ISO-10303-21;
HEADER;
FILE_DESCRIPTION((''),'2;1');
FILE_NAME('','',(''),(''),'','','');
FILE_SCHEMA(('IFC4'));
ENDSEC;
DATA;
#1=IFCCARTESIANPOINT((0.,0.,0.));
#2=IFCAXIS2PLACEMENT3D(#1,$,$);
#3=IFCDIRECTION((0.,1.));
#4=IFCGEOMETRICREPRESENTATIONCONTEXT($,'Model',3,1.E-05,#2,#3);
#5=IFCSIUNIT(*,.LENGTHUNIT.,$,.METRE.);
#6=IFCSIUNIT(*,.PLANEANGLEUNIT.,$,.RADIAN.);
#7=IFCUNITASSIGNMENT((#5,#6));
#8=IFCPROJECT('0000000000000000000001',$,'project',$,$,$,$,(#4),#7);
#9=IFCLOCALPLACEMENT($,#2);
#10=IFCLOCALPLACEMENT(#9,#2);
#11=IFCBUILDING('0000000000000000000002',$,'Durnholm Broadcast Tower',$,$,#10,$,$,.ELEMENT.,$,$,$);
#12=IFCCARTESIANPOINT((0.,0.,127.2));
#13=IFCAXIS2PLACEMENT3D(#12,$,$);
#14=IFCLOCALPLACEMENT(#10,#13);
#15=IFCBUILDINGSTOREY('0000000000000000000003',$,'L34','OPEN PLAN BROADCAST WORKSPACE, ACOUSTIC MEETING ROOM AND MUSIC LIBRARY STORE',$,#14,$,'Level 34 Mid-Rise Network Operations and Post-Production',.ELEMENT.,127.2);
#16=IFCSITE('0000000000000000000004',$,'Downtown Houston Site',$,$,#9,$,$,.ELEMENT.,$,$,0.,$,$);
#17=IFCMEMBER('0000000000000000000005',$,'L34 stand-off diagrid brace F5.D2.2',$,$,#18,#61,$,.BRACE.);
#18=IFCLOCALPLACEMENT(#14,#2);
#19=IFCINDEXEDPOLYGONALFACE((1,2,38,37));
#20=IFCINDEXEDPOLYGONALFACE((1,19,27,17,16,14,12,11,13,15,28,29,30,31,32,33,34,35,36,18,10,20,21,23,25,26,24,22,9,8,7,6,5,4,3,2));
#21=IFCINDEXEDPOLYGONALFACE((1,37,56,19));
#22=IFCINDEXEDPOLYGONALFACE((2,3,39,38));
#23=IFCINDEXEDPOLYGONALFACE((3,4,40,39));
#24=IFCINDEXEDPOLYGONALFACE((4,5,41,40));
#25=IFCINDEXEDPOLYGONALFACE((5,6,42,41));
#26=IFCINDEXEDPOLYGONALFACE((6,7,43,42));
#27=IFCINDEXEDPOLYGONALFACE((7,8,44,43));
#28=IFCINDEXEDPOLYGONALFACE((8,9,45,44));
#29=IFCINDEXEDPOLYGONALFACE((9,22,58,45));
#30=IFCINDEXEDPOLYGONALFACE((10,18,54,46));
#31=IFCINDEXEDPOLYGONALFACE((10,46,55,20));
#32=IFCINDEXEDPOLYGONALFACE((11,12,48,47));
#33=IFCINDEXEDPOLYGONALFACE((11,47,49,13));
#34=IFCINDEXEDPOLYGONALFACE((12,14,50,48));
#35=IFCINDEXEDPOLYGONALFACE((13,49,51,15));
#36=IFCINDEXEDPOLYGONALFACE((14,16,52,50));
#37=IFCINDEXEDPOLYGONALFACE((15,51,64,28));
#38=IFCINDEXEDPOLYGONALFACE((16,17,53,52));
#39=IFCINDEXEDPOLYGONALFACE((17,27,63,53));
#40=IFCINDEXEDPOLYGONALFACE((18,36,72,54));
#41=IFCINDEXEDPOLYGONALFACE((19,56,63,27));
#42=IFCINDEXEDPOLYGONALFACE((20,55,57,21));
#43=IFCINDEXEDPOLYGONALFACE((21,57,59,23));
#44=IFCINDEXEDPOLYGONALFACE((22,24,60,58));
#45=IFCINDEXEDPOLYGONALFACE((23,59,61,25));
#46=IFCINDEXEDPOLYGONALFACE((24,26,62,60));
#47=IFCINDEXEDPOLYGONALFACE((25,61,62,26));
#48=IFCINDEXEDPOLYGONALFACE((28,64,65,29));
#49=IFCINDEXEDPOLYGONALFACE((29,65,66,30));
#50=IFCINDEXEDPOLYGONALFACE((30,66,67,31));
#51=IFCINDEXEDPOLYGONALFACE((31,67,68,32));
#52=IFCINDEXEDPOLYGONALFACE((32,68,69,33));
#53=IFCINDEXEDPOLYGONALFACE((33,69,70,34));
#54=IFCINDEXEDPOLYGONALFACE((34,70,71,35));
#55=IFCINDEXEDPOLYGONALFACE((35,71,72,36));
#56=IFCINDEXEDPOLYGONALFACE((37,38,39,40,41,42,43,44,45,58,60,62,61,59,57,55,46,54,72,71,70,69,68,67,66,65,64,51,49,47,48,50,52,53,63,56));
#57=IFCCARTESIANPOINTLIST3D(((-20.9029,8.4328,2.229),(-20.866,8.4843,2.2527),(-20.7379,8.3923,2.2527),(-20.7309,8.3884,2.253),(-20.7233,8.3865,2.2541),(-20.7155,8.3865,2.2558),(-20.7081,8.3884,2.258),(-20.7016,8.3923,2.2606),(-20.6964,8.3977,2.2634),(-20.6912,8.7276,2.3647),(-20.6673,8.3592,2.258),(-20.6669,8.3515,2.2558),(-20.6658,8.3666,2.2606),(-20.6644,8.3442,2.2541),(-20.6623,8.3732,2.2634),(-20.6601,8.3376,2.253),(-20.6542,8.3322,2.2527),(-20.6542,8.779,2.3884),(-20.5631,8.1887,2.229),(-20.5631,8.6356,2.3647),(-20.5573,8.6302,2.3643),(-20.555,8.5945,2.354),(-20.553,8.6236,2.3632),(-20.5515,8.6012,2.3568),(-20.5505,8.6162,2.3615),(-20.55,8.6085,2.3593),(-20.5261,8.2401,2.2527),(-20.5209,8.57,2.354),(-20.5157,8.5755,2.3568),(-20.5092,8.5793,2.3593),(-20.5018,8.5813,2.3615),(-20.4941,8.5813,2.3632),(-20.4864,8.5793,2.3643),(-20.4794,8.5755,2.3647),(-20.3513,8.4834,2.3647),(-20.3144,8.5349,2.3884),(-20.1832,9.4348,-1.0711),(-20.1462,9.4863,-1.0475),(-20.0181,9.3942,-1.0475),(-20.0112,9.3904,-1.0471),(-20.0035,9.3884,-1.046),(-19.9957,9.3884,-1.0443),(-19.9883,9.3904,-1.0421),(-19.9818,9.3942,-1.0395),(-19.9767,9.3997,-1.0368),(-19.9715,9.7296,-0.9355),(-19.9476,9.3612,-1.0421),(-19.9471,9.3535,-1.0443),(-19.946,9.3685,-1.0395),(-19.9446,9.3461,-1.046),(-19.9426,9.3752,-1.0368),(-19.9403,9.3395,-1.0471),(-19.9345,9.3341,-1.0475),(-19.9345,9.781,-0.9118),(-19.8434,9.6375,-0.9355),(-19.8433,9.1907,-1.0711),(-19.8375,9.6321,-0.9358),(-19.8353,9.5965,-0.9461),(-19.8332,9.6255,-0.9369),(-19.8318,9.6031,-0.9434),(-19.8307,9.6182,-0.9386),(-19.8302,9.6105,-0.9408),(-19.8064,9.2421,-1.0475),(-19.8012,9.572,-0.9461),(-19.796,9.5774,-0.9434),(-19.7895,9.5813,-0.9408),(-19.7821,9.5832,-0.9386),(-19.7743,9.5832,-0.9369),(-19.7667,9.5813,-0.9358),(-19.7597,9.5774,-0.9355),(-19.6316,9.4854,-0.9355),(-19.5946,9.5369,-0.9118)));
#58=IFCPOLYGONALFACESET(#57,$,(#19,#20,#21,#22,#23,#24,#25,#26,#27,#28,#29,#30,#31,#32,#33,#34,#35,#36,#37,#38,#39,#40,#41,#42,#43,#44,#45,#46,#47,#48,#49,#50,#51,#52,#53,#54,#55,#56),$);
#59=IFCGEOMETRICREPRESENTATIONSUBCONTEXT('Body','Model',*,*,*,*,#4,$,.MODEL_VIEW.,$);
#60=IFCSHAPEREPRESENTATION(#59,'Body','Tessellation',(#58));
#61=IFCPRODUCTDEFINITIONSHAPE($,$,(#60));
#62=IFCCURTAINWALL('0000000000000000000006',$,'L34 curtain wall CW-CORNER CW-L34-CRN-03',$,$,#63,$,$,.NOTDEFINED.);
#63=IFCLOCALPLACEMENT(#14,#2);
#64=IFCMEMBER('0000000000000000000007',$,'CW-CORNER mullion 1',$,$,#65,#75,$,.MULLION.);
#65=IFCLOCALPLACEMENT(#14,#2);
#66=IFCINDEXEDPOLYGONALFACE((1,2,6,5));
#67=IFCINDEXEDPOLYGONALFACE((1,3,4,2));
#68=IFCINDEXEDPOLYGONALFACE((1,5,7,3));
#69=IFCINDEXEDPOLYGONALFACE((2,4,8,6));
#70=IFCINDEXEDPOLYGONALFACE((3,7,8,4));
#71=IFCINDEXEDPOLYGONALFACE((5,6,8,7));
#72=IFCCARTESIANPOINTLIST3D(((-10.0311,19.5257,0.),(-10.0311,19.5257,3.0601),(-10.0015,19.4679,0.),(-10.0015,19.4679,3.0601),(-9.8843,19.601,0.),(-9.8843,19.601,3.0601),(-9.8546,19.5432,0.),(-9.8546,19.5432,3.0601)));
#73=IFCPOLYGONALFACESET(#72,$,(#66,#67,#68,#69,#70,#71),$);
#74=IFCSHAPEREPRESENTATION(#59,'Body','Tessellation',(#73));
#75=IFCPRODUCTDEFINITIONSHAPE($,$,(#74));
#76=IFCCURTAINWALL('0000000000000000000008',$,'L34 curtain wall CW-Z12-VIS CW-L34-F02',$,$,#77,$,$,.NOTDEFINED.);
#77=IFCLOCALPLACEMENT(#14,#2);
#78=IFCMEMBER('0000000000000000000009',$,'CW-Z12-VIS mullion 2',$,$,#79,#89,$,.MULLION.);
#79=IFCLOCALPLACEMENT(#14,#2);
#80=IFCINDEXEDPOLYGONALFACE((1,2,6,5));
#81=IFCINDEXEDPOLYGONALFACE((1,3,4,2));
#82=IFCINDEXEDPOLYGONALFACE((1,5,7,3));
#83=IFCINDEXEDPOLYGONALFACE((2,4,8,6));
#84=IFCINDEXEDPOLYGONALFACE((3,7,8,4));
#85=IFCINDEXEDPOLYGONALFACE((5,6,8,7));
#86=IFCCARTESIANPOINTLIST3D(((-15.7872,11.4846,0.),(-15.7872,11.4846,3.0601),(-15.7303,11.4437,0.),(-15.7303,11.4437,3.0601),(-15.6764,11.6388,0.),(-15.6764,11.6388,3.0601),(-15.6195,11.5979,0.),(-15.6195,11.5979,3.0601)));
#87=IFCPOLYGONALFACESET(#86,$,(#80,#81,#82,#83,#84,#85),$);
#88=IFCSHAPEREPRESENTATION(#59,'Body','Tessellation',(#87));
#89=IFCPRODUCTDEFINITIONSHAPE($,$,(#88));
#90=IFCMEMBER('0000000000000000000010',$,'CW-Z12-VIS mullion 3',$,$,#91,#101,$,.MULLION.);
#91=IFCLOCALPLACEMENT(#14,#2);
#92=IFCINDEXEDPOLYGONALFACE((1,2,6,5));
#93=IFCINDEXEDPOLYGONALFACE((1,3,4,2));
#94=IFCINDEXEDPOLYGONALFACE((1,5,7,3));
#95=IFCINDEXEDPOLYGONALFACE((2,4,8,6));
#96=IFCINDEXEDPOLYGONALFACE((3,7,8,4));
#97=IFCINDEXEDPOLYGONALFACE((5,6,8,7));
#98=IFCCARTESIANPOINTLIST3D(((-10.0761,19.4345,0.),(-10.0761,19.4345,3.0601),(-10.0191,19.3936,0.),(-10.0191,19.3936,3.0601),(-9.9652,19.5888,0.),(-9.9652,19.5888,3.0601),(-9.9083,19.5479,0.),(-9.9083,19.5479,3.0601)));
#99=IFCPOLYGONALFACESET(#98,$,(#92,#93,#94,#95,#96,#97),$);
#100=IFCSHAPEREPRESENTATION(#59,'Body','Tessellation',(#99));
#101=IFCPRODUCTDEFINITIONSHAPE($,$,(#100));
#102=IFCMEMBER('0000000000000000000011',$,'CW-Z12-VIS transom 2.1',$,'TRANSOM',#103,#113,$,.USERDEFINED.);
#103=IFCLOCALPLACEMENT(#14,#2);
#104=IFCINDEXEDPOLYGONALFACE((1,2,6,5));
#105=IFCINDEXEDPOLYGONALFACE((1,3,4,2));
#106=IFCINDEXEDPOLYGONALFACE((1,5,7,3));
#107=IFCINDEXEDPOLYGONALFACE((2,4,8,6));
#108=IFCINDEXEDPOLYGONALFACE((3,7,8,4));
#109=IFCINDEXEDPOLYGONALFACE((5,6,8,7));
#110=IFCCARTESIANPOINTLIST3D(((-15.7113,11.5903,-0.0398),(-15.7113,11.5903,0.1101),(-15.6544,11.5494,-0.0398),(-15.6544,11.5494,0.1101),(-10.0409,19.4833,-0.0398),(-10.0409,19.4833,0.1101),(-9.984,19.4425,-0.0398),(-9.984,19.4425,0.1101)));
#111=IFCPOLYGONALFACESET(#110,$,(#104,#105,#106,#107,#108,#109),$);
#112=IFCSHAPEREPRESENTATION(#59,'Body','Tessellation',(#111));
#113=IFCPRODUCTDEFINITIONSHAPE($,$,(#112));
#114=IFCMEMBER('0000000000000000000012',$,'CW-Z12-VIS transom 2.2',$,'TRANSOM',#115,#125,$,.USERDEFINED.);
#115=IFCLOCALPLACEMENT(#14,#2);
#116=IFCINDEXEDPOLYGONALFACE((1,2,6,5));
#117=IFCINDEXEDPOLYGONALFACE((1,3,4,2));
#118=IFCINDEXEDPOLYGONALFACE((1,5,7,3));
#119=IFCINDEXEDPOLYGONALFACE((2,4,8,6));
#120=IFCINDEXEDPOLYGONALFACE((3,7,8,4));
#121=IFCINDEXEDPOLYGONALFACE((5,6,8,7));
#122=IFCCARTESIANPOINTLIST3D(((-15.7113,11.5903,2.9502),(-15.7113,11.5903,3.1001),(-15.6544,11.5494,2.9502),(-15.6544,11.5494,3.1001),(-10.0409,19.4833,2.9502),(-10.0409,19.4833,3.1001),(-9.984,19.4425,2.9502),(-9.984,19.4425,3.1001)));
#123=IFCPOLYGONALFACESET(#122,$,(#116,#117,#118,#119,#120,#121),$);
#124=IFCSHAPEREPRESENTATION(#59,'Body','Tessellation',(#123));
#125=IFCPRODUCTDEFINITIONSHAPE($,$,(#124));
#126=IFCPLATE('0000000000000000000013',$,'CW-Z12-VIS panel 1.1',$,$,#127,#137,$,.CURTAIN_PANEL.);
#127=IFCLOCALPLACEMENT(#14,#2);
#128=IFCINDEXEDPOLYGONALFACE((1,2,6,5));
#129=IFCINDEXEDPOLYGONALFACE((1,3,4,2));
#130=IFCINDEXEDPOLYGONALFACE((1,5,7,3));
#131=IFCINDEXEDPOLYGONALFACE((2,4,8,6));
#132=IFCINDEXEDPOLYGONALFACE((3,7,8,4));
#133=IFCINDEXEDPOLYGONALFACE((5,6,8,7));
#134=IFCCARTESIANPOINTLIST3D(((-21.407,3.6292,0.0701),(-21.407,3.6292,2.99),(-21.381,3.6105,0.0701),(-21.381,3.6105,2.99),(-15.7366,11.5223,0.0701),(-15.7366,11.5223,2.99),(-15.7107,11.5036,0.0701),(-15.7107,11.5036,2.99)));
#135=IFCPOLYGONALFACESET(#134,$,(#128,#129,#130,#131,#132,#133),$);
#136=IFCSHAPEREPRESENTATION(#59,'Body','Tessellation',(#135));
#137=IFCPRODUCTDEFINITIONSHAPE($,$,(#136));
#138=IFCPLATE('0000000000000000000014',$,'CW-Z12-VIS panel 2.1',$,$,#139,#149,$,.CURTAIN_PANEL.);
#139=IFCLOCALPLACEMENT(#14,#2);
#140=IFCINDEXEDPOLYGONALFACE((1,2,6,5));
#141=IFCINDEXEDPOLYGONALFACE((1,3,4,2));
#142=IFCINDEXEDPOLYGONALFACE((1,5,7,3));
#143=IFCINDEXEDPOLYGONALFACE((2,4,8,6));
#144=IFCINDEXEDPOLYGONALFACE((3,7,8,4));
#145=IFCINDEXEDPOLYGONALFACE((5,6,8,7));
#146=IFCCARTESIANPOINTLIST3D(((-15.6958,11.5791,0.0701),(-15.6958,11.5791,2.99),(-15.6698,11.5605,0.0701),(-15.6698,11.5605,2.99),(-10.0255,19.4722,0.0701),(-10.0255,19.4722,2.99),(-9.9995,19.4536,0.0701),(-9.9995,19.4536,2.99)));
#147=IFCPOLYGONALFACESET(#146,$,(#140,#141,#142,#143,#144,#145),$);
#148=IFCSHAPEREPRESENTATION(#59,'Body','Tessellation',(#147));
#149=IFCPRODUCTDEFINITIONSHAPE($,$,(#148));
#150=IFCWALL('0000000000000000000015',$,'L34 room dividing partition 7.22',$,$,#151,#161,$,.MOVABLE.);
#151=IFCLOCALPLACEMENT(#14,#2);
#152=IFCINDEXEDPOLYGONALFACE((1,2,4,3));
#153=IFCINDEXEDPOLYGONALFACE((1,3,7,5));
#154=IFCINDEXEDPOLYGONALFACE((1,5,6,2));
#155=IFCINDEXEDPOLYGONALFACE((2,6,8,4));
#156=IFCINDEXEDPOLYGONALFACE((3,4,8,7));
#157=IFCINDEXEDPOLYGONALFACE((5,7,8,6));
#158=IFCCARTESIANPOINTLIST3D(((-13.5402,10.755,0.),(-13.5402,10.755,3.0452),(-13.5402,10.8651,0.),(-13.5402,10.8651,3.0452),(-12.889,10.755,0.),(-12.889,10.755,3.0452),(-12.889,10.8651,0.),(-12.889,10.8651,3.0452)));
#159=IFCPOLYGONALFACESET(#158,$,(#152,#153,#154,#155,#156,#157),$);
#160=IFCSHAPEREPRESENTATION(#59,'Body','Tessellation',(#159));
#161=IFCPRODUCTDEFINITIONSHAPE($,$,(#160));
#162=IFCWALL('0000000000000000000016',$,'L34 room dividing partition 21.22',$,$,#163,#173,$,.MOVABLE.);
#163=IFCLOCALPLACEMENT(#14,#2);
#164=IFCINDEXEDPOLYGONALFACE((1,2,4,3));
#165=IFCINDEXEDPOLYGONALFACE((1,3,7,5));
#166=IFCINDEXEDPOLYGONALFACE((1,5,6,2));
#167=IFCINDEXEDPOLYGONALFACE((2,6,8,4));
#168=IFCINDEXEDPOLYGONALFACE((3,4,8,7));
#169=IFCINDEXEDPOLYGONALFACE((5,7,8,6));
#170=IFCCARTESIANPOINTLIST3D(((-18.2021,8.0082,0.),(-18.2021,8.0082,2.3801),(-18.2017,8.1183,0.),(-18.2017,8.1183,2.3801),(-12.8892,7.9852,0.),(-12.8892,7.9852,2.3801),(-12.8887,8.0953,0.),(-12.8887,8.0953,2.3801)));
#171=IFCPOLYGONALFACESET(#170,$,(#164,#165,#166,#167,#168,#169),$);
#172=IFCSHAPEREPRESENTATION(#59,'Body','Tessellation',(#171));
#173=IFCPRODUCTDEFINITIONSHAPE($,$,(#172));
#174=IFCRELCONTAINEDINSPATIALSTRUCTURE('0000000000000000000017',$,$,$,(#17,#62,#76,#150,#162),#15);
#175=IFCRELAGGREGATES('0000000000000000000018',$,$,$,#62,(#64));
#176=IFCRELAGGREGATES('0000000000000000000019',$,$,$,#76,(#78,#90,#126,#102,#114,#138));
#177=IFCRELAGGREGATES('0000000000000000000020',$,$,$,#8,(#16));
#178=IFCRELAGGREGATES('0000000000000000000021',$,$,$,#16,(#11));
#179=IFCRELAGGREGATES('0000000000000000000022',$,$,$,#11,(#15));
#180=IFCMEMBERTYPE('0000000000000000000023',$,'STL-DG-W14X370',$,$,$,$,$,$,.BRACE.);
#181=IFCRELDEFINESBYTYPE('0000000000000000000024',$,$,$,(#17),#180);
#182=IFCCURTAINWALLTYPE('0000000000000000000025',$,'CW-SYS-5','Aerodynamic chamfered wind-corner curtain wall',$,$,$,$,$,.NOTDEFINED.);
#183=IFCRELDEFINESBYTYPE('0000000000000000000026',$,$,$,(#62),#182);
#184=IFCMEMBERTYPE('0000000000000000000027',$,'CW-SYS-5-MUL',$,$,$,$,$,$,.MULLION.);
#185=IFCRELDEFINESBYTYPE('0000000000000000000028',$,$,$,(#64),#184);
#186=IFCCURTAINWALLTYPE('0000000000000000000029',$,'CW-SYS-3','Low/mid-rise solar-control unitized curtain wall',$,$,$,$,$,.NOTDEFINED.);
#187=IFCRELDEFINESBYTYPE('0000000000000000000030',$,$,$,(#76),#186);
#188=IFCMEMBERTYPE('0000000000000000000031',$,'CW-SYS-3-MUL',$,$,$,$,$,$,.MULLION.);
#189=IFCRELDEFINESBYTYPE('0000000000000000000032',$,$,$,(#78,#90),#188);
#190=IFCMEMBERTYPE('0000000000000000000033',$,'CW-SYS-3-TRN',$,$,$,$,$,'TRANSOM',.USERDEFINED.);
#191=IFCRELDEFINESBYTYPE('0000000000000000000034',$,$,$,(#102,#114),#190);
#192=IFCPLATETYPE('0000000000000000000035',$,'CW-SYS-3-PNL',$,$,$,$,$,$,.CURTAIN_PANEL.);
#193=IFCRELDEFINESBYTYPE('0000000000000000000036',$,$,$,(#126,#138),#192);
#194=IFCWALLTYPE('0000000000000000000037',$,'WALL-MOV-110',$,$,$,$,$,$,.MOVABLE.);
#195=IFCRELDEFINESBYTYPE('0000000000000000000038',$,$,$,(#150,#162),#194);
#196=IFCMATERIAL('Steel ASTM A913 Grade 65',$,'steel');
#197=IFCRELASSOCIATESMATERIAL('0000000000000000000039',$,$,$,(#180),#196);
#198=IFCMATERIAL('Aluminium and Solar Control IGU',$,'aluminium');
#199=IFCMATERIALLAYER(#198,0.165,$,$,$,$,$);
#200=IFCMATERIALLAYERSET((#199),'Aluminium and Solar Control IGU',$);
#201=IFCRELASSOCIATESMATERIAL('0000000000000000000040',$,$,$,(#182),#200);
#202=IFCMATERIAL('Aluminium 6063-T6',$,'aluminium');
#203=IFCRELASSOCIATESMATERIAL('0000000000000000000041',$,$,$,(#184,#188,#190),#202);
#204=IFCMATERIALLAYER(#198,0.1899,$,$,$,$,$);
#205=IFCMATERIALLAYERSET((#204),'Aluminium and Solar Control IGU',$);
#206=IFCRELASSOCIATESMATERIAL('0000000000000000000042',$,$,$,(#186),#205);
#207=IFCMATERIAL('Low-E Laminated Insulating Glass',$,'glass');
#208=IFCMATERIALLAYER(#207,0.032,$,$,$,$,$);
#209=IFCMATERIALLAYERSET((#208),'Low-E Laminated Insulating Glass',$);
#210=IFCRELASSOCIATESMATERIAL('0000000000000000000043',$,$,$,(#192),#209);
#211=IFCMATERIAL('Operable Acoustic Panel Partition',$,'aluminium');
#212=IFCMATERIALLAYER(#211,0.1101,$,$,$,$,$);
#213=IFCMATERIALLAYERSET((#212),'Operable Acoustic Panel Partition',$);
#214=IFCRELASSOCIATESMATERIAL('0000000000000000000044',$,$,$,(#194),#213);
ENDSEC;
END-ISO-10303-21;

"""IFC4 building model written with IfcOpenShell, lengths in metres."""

from ifc_helpers import new_model, si_unit, direction, frame, frame_2d, origin, origin_2d, place, context, subcontext, project, spatial, rectangle, i_section, extrude, source, transform, mapped, material, layer, layer_set, material_profile, profile_set, type_object, type_shapes, element, aggregate, save


model = new_model("IFC4")

# Units and contexts
model_context = context("Model", 3, precision=1e-05, world=origin(), true_north=direction((0.0, 1.0)))
body_context = subcontext(model_context, "Body", "Model", "MODEL_VIEW")
ifc_project = project(units=[si_unit("LENGTHUNIT", "METRE"), si_unit("PLANEANGLEUNIT", "RADIAN")], contexts=[model_context])

# Site, building, storey
site_placement = place(None, origin())
site = spatial("IfcSite", under=ifc_project, at=site_placement, Name="Downtown Houston Site", CompositionType="ELEMENT", RefElevation=0.0)
building_placement = place(site_placement, origin())
building = spatial("IfcBuilding", under=site, at=building_placement, Name="Durnholm Broadcast Tower", CompositionType="ELEMENT")
storey_placement = place(building_placement, frame((0.0, 0.0, 127.2)))
storey = spatial("IfcBuildingStorey", under=building, at=storey_placement, Name="L34", Description="OPEN PLAN BROADCAST WORKSPACE, ACOUSTIC MEETING ROOM AND MUSIC LIBRARY STORE", LongName="Level 34 Mid-Rise Network Operations and Post-Production", CompositionType="ELEMENT", Elevation=127.2)

# Member
ifc_material_1 = material(Name="Steel ASTM A913 Grade 65", Category="steel")
ifc_material_profile_1 = material_profile(ifc_material_1, i_section(OverallWidth=0.4185, OverallDepth=0.4551, WebThickness=0.042, FlangeThickness=0.0676, FilletRadius=0.0305, at=origin_2d()), Name="W14X370")
ifc_profile_set_1 = profile_set([ifc_material_profile_1], Name="Steel ASTM A913 Grade 65")
member_type_1 = type_object("IfcMemberType", Name="STL-DG-W14X370", PredefinedType="BRACE", material=ifc_profile_set_1)
shared_shape_1 = source(origin(), body_context, "Body", "SweptSolid", [
    extrude(i_section(OverallWidth=0.4185, OverallDepth=0.4551, WebThickness=0.042, FlangeThickness=0.0676, FilletRadius=0.0305, at=origin_2d()), origin(), (0.0, 0.0, 1.0), 3.5232),
])
type_shapes(member_type_1, [shared_shape_1])
for number, where, z_axis, x_axis, name in (
    (1, (-19.8889, 9.4858, -0.9915), (-0.204288, -0.284395, 0.936689), (0.812179, -0.583408, 0.0), "L34 stand-off diagrid brace F5.D2.2"),
):
    element("IfcMember", number, at=place(storey_placement, frame(where, z_axis=z_axis, x_axis=x_axis)), inside=storey, type_object=member_type_1, Name=name, PredefinedType="BRACE", context=body_context, shape_type="MappedRepresentation", body=[
        mapped(shared_shape_1, transform((0.0, 0.0, 0.0), x_axis=(1.0, 0.0, 0.0), y_axis=(0.0, 1.0, 0.0), z_axis=(0.0, 0.0, 1.0), scale=1.0)),
    ])

# Curtain wall, member
ifc_material_2 = material(Name="Aluminium and Solar Control IGU", Category="aluminium")
ifc_layer_1 = layer(ifc_material_2, 0.165)
ifc_layer_set_1 = layer_set([ifc_layer_1], Name="Aluminium and Solar Control IGU")
curtain_wall_type_1 = type_object("IfcCurtainWallType", Name="CW-SYS-5", Description="Aerodynamic chamfered wind-corner curtain wall", PredefinedType="NOTDEFINED", material=ifc_layer_set_1)
curtain_wall_1_placement = place(storey_placement, origin())
curtain_wall_1 = element("IfcCurtainWall", 2, at=curtain_wall_1_placement, inside=storey, type_object=curtain_wall_type_1, Name="L34 curtain wall CW-CORNER CW-L34-CRN-03", PredefinedType="NOTDEFINED")
ifc_material_3 = material(Name="Aluminium 6063-T6", Category="aluminium")
ifc_material_profile_2 = material_profile(ifc_material_3, rectangle(XDim=0.0649, YDim=0.165, at=origin_2d()), Name="CWM65X165")
ifc_profile_set_2 = profile_set([ifc_material_profile_2], Name="Aluminium 6063-T6")
member_type_2 = type_object("IfcMemberType", Name="CW-SYS-5-MUL", PredefinedType="MULLION", material=ifc_profile_set_2)
shared_shape_2 = source(origin(), body_context, "Body", "SweptSolid", [
    extrude(rectangle(XDim=0.0649, YDim=0.165, at=origin_2d()), origin(), (0.0, 0.0, 1.0), 3.0601),
])
type_shapes(member_type_2, [shared_shape_2])
member_1_placement = place(storey_placement, frame((-9.9429, 19.5344, 0.0), z_axis=(0.0, 0.0, 1.0), x_axis=(-0.456373, 0.889788, 0.0)))
member_1 = element("IfcMember", 3, at=member_1_placement, type_object=member_type_2, Name="CW-CORNER mullion 1", PredefinedType="MULLION", context=body_context, shape_type="MappedRepresentation", body=[
    mapped(shared_shape_2, transform((0.0, 0.0, 0.0), x_axis=(1.0, 0.0, 0.0), y_axis=(0.0, 1.0, 0.0), z_axis=(0.0, 0.0, 1.0), scale=1.0)),
])
aggregate(curtain_wall_1, [member_1])

# Curtain wall, members, plates
ifc_layer_2 = layer(ifc_material_2, 0.1899)
ifc_layer_set_2 = layer_set([ifc_layer_2], Name="Aluminium and Solar Control IGU")
curtain_wall_type_2 = type_object("IfcCurtainWallType", Name="CW-SYS-3", Description="Low/mid-rise solar-control unitized curtain wall", PredefinedType="NOTDEFINED", material=ifc_layer_set_2)
curtain_wall_2_placement = place(storey_placement, origin())
curtain_wall_2 = element("IfcCurtainWall", 4, at=curtain_wall_2_placement, inside=storey, type_object=curtain_wall_type_2, Name="L34 curtain wall CW-Z12-VIS CW-L34-F02", PredefinedType="NOTDEFINED")
ifc_material_profile_3 = material_profile(ifc_material_3, rectangle(XDim=0.0701, YDim=0.1899, at=origin_2d()), Name="CWM70X190")
ifc_profile_set_3 = profile_set([ifc_material_profile_3], Name="Aluminium 6063-T6")
member_type_3 = type_object("IfcMemberType", Name="CW-SYS-3-MUL", PredefinedType="MULLION", material=ifc_profile_set_3)
shared_shape_3 = source(origin(), body_context, "Body", "SweptSolid", [
    extrude(rectangle(XDim=0.0701, YDim=0.1899, at=origin_2d()), origin(), (0.0, 0.0, 1.0), 3.0601),
])
type_shapes(member_type_3, [shared_shape_3])
member_2_placement = place(storey_placement, frame((-15.7034, 11.5413, 0.0), z_axis=(0.0, 0.0, 1.0), x_axis=(-0.812152, 0.583445, 0.0)))
member_2 = element("IfcMember", 5, at=member_2_placement, type_object=member_type_3, Name="CW-Z12-VIS mullion 2", PredefinedType="MULLION", context=body_context, shape_type="MappedRepresentation", body=[
    mapped(shared_shape_3, transform((0.0, 0.0, 0.0), x_axis=(1.0, 0.0, 0.0), y_axis=(0.0, 1.0, 0.0), z_axis=(0.0, 0.0, 1.0), scale=1.0)),
])
member_3_placement = place(storey_placement, frame((-9.9922, 19.4912, 0.0), z_axis=(0.0, 0.0, 1.0), x_axis=(-0.812152, 0.583445, 0.0)))
member_3 = element("IfcMember", 6, at=member_3_placement, type_object=member_type_3, Name="CW-Z12-VIS mullion 3", PredefinedType="MULLION", context=body_context, shape_type="MappedRepresentation", body=[
    mapped(shared_shape_3, transform((0.0, 0.0, 0.0), x_axis=(1.0, 0.0, 0.0), y_axis=(0.0, 1.0, 0.0), z_axis=(0.0, 0.0, 1.0), scale=1.0)),
])
ifc_material_profile_4 = material_profile(ifc_material_3, rectangle(XDim=0.0701, YDim=0.1499, at=origin_2d()), Name="CWT70X150")
ifc_profile_set_4 = profile_set([ifc_material_profile_4], Name="Aluminium 6063-T6")
member_type_4 = type_object("IfcMemberType", Name="CW-SYS-3-TRN", ElementType="TRANSOM", PredefinedType="USERDEFINED", material=ifc_profile_set_4)
shared_shape_4 = source(origin(), body_context, "Body", "SweptSolid", [
    extrude(rectangle(XDim=0.0701, YDim=0.1499, at=origin_2d()), origin(), (0.0, 0.0, 1.0), 9.7188),
])
type_shapes(member_type_4, [shared_shape_4])
member_4_placement = place(storey_placement, frame((-15.6829, 11.5698, 0.0352), z_axis=(0.583451, 0.812149, 0.0), x_axis=(-0.812149, 0.583451, 0.0)))
member_4 = element("IfcMember", 7, at=member_4_placement, type_object=member_type_4, Name="CW-Z12-VIS transom 2.1", ObjectType="TRANSOM", PredefinedType="USERDEFINED", context=body_context, shape_type="MappedRepresentation", body=[
    mapped(shared_shape_4, transform((0.0, 0.0, 0.0), x_axis=(1.0, 0.0, 0.0), y_axis=(0.0, 1.0, 0.0), z_axis=(0.0, 0.0, 1.0), scale=1.0)),
])
member_5_placement = place(storey_placement, frame((-15.6829, 11.5698, 3.0251), z_axis=(0.583451, 0.812149, 0.0), x_axis=(-0.812149, 0.583451, 0.0)))
member_5 = element("IfcMember", 8, at=member_5_placement, type_object=member_type_4, Name="CW-Z12-VIS transom 2.2", ObjectType="TRANSOM", PredefinedType="USERDEFINED", context=body_context, shape_type="MappedRepresentation", body=[
    mapped(shared_shape_4, transform((0.0, 0.0, 0.0), x_axis=(1.0, 0.0, 0.0), y_axis=(0.0, 1.0, 0.0), z_axis=(0.0, 0.0, 1.0), scale=1.0)),
])
ifc_material_4 = material(Name="Low-E Laminated Insulating Glass", Category="glass")
ifc_layer_3 = layer(ifc_material_4, 0.032)
ifc_layer_set_3 = layer_set([ifc_layer_3], Name="Low-E Laminated Insulating Glass")
plate_type = type_object("IfcPlateType", Name="CW-SYS-3-PNL", PredefinedType="CURTAIN_PANEL", material=ifc_layer_set_3)
shared_shape_5 = source(origin(), body_context, "Body", "SweptSolid", [
    extrude(rectangle(XDim=9.7188, YDim=0.032, at=origin_2d()), origin(), (0.0, 0.0, 1.0), 2.9199),
])
type_shapes(plate_type, [shared_shape_5])
plate_1_placement = place(storey_placement, frame((-18.5588, 7.5664, 0.0701), z_axis=(0.0, 0.0, 1.0), x_axis=(0.583445, 0.812152, 0.0)))
plate_1 = element("IfcPlate", 9, at=plate_1_placement, type_object=plate_type, Name="CW-Z12-VIS panel 1.1", PredefinedType="CURTAIN_PANEL", context=body_context, shape_type="MappedRepresentation", body=[
    mapped(shared_shape_5, transform((0.0, 0.0, 0.0), x_axis=(1.0, 0.0, 0.0), y_axis=(0.0, 1.0, 0.0), z_axis=(0.0, 0.0, 1.0), scale=1.0)),
])
plate_2_placement = place(storey_placement, frame((-12.8477, 15.5164, 0.0701), z_axis=(0.0, 0.0, 1.0), x_axis=(0.583445, 0.812152, 0.0)))
plate_2 = element("IfcPlate", 10, at=plate_2_placement, type_object=plate_type, Name="CW-Z12-VIS panel 2.1", PredefinedType="CURTAIN_PANEL", context=body_context, shape_type="MappedRepresentation", body=[
    mapped(shared_shape_5, transform((0.0, 0.0, 0.0), x_axis=(1.0, 0.0, 0.0), y_axis=(0.0, 1.0, 0.0), z_axis=(0.0, 0.0, 1.0), scale=1.0)),
])
aggregate(curtain_wall_2, [member_2, member_3, plate_1, member_4, member_5, plate_2])

# Walls
ifc_material_5 = material(Name="Operable Acoustic Panel Partition", Category="aluminium")
ifc_layer_4 = layer(ifc_material_5, 0.1101)
ifc_layer_set_4 = layer_set([ifc_layer_4], Name="Operable Acoustic Panel Partition")
wall_type_1 = type_object("IfcWallType", Name="WALL-MOV-110", PredefinedType="MOVABLE", material=ifc_layer_set_4)
wall_1_placement = place(storey_placement, frame((-12.8889, 10.8101, 0.0), z_axis=(0.0, 0.0, 1.0), x_axis=(-1.0, 0.0, 0.0)))
element("IfcWall", 11, at=wall_1_placement, inside=storey, type_object=wall_type_1, Name="L34 room dividing partition 7.22", PredefinedType="MOVABLE", context=body_context, shape_type="SweptSolid", body=[
    extrude(rectangle(XDim=0.6511, YDim=0.1101, at=frame_2d((0.3257, 0.0))), origin(), (0.0, 0.0, 1.0), 3.0452),
])
wall_2_placement = place(storey_placement, frame((-18.2019, 8.0632, 0.0), z_axis=(0.0, 0.0, 1.0), x_axis=(0.999991, -0.004319, 0.0)))
element("IfcWall", 12, at=wall_2_placement, inside=storey, type_object=wall_type_1, Name="L34 room dividing partition 21.22", PredefinedType="MOVABLE", context=body_context, shape_type="SweptSolid", body=[
    extrude(rectangle(XDim=5.313, YDim=0.1101, at=frame_2d((2.6565, 0.0))), origin(), (0.0, 0.0, 1.0), 2.3801),
])

save(model, "model.ifc")
